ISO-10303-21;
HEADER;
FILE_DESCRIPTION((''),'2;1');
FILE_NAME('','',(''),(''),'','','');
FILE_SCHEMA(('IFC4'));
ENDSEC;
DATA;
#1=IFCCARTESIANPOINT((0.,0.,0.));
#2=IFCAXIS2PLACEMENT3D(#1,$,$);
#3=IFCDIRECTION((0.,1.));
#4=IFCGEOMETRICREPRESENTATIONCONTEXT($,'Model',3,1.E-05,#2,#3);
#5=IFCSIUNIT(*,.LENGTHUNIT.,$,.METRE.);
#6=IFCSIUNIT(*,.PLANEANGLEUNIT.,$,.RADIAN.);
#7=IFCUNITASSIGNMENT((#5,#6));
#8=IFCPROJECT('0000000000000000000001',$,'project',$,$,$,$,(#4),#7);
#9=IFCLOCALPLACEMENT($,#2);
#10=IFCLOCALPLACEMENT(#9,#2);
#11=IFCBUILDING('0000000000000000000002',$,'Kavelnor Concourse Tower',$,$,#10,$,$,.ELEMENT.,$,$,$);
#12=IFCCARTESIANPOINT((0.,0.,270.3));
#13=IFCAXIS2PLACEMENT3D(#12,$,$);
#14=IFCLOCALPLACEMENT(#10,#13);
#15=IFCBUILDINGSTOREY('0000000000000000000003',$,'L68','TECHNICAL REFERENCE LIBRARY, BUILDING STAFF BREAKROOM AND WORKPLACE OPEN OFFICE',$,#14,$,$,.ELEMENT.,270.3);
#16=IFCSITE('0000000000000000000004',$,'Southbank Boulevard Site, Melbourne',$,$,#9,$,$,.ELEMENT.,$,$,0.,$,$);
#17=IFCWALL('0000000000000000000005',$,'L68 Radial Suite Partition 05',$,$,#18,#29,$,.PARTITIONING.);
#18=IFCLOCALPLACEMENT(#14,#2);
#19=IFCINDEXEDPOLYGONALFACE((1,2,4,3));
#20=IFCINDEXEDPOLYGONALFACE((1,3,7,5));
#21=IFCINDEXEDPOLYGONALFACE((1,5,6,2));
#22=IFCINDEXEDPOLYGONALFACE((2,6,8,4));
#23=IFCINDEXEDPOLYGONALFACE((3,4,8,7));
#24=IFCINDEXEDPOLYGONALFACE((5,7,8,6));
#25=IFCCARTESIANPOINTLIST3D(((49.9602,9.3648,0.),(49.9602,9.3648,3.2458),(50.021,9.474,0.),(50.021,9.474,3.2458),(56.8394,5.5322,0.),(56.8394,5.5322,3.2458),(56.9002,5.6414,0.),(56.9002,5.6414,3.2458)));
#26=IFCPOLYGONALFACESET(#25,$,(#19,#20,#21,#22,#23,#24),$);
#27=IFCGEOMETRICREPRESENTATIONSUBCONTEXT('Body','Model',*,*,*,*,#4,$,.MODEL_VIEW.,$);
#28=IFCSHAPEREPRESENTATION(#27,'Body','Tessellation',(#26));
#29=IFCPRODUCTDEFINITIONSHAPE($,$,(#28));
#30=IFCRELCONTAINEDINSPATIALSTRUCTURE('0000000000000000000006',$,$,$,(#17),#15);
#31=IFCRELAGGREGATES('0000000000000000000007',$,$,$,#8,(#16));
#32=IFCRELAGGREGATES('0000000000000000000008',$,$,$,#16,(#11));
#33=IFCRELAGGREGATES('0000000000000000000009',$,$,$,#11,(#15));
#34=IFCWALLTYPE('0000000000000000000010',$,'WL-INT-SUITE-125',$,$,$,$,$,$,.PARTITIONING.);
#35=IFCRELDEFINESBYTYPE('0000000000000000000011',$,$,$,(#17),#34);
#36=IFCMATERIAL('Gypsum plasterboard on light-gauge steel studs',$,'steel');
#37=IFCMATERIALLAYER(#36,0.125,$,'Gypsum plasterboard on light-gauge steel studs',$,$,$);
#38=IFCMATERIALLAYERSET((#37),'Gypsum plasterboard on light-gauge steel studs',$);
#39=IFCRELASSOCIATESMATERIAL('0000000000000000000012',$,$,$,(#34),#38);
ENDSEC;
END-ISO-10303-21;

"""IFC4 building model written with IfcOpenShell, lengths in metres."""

from ifc_helpers import new_model, si_unit, direction, frame, frame_2d, origin, place, context, subcontext, project, spatial, rectangle, extrude, material, layer, layer_set, type_object, element, save


model = new_model("IFC4")

# Units and contexts
model_context = context("Model", 3, precision=1e-05, world=origin(), true_north=direction((0.0, 1.0)))
body_context = subcontext(model_context, "Body", "Model", "MODEL_VIEW")
ifc_project = project(units=[si_unit("LENGTHUNIT", "METRE"), si_unit("PLANEANGLEUNIT", "RADIAN")], contexts=[model_context])

# Site, building, storey
site_placement = place(None, origin())
site = spatial("IfcSite", under=ifc_project, at=site_placement, Name="Southbank Boulevard Site, Melbourne", CompositionType="ELEMENT", RefElevation=0.0)
building_placement = place(site_placement, origin())
building = spatial("IfcBuilding", under=site, at=building_placement, Name="Kavelnor Concourse Tower", CompositionType="ELEMENT")
storey_placement = place(building_placement, frame((0.0, 0.0, 270.3)))
storey = spatial("IfcBuildingStorey", under=building, at=storey_placement, Name="L68", Description="TECHNICAL REFERENCE LIBRARY, BUILDING STAFF BREAKROOM AND WORKPLACE OPEN OFFICE", CompositionType="ELEMENT", Elevation=270.3)

# Shared definitions
ifc_material_1 = material(Name="Gypsum plasterboard on light-gauge steel studs", Category="steel")

# Wall
ifc_layer_1 = layer(ifc_material_1, 0.125, Name="Gypsum plasterboard on light-gauge steel studs")
ifc_layer_set_1 = layer_set([ifc_layer_1], Name="Gypsum plasterboard on light-gauge steel studs")
wall_type_1 = type_object("IfcWallType", Name="WL-INT-SUITE-125", PredefinedType="PARTITIONING", material=ifc_layer_set_1)
wall_1_placement = place(storey_placement, frame((49.9905, 9.4194, 0.0), z_axis=(0.0, 0.0, 1.0), x_axis=(0.873576, -0.486688, 0.0)))
element("IfcWall", 1, at=wall_1_placement, inside=storey, type_object=wall_type_1, Name="L68 Radial Suite Partition 05", PredefinedType="PARTITIONING", context=body_context, shape_type="SweptSolid", body=[
    extrude(rectangle(XDim=7.8748, YDim=0.125, at=frame_2d((3.9375, 0.0))), origin(), (0.0, 0.0, 1.0), 3.2458),
])

save(model, "model.ifc")
